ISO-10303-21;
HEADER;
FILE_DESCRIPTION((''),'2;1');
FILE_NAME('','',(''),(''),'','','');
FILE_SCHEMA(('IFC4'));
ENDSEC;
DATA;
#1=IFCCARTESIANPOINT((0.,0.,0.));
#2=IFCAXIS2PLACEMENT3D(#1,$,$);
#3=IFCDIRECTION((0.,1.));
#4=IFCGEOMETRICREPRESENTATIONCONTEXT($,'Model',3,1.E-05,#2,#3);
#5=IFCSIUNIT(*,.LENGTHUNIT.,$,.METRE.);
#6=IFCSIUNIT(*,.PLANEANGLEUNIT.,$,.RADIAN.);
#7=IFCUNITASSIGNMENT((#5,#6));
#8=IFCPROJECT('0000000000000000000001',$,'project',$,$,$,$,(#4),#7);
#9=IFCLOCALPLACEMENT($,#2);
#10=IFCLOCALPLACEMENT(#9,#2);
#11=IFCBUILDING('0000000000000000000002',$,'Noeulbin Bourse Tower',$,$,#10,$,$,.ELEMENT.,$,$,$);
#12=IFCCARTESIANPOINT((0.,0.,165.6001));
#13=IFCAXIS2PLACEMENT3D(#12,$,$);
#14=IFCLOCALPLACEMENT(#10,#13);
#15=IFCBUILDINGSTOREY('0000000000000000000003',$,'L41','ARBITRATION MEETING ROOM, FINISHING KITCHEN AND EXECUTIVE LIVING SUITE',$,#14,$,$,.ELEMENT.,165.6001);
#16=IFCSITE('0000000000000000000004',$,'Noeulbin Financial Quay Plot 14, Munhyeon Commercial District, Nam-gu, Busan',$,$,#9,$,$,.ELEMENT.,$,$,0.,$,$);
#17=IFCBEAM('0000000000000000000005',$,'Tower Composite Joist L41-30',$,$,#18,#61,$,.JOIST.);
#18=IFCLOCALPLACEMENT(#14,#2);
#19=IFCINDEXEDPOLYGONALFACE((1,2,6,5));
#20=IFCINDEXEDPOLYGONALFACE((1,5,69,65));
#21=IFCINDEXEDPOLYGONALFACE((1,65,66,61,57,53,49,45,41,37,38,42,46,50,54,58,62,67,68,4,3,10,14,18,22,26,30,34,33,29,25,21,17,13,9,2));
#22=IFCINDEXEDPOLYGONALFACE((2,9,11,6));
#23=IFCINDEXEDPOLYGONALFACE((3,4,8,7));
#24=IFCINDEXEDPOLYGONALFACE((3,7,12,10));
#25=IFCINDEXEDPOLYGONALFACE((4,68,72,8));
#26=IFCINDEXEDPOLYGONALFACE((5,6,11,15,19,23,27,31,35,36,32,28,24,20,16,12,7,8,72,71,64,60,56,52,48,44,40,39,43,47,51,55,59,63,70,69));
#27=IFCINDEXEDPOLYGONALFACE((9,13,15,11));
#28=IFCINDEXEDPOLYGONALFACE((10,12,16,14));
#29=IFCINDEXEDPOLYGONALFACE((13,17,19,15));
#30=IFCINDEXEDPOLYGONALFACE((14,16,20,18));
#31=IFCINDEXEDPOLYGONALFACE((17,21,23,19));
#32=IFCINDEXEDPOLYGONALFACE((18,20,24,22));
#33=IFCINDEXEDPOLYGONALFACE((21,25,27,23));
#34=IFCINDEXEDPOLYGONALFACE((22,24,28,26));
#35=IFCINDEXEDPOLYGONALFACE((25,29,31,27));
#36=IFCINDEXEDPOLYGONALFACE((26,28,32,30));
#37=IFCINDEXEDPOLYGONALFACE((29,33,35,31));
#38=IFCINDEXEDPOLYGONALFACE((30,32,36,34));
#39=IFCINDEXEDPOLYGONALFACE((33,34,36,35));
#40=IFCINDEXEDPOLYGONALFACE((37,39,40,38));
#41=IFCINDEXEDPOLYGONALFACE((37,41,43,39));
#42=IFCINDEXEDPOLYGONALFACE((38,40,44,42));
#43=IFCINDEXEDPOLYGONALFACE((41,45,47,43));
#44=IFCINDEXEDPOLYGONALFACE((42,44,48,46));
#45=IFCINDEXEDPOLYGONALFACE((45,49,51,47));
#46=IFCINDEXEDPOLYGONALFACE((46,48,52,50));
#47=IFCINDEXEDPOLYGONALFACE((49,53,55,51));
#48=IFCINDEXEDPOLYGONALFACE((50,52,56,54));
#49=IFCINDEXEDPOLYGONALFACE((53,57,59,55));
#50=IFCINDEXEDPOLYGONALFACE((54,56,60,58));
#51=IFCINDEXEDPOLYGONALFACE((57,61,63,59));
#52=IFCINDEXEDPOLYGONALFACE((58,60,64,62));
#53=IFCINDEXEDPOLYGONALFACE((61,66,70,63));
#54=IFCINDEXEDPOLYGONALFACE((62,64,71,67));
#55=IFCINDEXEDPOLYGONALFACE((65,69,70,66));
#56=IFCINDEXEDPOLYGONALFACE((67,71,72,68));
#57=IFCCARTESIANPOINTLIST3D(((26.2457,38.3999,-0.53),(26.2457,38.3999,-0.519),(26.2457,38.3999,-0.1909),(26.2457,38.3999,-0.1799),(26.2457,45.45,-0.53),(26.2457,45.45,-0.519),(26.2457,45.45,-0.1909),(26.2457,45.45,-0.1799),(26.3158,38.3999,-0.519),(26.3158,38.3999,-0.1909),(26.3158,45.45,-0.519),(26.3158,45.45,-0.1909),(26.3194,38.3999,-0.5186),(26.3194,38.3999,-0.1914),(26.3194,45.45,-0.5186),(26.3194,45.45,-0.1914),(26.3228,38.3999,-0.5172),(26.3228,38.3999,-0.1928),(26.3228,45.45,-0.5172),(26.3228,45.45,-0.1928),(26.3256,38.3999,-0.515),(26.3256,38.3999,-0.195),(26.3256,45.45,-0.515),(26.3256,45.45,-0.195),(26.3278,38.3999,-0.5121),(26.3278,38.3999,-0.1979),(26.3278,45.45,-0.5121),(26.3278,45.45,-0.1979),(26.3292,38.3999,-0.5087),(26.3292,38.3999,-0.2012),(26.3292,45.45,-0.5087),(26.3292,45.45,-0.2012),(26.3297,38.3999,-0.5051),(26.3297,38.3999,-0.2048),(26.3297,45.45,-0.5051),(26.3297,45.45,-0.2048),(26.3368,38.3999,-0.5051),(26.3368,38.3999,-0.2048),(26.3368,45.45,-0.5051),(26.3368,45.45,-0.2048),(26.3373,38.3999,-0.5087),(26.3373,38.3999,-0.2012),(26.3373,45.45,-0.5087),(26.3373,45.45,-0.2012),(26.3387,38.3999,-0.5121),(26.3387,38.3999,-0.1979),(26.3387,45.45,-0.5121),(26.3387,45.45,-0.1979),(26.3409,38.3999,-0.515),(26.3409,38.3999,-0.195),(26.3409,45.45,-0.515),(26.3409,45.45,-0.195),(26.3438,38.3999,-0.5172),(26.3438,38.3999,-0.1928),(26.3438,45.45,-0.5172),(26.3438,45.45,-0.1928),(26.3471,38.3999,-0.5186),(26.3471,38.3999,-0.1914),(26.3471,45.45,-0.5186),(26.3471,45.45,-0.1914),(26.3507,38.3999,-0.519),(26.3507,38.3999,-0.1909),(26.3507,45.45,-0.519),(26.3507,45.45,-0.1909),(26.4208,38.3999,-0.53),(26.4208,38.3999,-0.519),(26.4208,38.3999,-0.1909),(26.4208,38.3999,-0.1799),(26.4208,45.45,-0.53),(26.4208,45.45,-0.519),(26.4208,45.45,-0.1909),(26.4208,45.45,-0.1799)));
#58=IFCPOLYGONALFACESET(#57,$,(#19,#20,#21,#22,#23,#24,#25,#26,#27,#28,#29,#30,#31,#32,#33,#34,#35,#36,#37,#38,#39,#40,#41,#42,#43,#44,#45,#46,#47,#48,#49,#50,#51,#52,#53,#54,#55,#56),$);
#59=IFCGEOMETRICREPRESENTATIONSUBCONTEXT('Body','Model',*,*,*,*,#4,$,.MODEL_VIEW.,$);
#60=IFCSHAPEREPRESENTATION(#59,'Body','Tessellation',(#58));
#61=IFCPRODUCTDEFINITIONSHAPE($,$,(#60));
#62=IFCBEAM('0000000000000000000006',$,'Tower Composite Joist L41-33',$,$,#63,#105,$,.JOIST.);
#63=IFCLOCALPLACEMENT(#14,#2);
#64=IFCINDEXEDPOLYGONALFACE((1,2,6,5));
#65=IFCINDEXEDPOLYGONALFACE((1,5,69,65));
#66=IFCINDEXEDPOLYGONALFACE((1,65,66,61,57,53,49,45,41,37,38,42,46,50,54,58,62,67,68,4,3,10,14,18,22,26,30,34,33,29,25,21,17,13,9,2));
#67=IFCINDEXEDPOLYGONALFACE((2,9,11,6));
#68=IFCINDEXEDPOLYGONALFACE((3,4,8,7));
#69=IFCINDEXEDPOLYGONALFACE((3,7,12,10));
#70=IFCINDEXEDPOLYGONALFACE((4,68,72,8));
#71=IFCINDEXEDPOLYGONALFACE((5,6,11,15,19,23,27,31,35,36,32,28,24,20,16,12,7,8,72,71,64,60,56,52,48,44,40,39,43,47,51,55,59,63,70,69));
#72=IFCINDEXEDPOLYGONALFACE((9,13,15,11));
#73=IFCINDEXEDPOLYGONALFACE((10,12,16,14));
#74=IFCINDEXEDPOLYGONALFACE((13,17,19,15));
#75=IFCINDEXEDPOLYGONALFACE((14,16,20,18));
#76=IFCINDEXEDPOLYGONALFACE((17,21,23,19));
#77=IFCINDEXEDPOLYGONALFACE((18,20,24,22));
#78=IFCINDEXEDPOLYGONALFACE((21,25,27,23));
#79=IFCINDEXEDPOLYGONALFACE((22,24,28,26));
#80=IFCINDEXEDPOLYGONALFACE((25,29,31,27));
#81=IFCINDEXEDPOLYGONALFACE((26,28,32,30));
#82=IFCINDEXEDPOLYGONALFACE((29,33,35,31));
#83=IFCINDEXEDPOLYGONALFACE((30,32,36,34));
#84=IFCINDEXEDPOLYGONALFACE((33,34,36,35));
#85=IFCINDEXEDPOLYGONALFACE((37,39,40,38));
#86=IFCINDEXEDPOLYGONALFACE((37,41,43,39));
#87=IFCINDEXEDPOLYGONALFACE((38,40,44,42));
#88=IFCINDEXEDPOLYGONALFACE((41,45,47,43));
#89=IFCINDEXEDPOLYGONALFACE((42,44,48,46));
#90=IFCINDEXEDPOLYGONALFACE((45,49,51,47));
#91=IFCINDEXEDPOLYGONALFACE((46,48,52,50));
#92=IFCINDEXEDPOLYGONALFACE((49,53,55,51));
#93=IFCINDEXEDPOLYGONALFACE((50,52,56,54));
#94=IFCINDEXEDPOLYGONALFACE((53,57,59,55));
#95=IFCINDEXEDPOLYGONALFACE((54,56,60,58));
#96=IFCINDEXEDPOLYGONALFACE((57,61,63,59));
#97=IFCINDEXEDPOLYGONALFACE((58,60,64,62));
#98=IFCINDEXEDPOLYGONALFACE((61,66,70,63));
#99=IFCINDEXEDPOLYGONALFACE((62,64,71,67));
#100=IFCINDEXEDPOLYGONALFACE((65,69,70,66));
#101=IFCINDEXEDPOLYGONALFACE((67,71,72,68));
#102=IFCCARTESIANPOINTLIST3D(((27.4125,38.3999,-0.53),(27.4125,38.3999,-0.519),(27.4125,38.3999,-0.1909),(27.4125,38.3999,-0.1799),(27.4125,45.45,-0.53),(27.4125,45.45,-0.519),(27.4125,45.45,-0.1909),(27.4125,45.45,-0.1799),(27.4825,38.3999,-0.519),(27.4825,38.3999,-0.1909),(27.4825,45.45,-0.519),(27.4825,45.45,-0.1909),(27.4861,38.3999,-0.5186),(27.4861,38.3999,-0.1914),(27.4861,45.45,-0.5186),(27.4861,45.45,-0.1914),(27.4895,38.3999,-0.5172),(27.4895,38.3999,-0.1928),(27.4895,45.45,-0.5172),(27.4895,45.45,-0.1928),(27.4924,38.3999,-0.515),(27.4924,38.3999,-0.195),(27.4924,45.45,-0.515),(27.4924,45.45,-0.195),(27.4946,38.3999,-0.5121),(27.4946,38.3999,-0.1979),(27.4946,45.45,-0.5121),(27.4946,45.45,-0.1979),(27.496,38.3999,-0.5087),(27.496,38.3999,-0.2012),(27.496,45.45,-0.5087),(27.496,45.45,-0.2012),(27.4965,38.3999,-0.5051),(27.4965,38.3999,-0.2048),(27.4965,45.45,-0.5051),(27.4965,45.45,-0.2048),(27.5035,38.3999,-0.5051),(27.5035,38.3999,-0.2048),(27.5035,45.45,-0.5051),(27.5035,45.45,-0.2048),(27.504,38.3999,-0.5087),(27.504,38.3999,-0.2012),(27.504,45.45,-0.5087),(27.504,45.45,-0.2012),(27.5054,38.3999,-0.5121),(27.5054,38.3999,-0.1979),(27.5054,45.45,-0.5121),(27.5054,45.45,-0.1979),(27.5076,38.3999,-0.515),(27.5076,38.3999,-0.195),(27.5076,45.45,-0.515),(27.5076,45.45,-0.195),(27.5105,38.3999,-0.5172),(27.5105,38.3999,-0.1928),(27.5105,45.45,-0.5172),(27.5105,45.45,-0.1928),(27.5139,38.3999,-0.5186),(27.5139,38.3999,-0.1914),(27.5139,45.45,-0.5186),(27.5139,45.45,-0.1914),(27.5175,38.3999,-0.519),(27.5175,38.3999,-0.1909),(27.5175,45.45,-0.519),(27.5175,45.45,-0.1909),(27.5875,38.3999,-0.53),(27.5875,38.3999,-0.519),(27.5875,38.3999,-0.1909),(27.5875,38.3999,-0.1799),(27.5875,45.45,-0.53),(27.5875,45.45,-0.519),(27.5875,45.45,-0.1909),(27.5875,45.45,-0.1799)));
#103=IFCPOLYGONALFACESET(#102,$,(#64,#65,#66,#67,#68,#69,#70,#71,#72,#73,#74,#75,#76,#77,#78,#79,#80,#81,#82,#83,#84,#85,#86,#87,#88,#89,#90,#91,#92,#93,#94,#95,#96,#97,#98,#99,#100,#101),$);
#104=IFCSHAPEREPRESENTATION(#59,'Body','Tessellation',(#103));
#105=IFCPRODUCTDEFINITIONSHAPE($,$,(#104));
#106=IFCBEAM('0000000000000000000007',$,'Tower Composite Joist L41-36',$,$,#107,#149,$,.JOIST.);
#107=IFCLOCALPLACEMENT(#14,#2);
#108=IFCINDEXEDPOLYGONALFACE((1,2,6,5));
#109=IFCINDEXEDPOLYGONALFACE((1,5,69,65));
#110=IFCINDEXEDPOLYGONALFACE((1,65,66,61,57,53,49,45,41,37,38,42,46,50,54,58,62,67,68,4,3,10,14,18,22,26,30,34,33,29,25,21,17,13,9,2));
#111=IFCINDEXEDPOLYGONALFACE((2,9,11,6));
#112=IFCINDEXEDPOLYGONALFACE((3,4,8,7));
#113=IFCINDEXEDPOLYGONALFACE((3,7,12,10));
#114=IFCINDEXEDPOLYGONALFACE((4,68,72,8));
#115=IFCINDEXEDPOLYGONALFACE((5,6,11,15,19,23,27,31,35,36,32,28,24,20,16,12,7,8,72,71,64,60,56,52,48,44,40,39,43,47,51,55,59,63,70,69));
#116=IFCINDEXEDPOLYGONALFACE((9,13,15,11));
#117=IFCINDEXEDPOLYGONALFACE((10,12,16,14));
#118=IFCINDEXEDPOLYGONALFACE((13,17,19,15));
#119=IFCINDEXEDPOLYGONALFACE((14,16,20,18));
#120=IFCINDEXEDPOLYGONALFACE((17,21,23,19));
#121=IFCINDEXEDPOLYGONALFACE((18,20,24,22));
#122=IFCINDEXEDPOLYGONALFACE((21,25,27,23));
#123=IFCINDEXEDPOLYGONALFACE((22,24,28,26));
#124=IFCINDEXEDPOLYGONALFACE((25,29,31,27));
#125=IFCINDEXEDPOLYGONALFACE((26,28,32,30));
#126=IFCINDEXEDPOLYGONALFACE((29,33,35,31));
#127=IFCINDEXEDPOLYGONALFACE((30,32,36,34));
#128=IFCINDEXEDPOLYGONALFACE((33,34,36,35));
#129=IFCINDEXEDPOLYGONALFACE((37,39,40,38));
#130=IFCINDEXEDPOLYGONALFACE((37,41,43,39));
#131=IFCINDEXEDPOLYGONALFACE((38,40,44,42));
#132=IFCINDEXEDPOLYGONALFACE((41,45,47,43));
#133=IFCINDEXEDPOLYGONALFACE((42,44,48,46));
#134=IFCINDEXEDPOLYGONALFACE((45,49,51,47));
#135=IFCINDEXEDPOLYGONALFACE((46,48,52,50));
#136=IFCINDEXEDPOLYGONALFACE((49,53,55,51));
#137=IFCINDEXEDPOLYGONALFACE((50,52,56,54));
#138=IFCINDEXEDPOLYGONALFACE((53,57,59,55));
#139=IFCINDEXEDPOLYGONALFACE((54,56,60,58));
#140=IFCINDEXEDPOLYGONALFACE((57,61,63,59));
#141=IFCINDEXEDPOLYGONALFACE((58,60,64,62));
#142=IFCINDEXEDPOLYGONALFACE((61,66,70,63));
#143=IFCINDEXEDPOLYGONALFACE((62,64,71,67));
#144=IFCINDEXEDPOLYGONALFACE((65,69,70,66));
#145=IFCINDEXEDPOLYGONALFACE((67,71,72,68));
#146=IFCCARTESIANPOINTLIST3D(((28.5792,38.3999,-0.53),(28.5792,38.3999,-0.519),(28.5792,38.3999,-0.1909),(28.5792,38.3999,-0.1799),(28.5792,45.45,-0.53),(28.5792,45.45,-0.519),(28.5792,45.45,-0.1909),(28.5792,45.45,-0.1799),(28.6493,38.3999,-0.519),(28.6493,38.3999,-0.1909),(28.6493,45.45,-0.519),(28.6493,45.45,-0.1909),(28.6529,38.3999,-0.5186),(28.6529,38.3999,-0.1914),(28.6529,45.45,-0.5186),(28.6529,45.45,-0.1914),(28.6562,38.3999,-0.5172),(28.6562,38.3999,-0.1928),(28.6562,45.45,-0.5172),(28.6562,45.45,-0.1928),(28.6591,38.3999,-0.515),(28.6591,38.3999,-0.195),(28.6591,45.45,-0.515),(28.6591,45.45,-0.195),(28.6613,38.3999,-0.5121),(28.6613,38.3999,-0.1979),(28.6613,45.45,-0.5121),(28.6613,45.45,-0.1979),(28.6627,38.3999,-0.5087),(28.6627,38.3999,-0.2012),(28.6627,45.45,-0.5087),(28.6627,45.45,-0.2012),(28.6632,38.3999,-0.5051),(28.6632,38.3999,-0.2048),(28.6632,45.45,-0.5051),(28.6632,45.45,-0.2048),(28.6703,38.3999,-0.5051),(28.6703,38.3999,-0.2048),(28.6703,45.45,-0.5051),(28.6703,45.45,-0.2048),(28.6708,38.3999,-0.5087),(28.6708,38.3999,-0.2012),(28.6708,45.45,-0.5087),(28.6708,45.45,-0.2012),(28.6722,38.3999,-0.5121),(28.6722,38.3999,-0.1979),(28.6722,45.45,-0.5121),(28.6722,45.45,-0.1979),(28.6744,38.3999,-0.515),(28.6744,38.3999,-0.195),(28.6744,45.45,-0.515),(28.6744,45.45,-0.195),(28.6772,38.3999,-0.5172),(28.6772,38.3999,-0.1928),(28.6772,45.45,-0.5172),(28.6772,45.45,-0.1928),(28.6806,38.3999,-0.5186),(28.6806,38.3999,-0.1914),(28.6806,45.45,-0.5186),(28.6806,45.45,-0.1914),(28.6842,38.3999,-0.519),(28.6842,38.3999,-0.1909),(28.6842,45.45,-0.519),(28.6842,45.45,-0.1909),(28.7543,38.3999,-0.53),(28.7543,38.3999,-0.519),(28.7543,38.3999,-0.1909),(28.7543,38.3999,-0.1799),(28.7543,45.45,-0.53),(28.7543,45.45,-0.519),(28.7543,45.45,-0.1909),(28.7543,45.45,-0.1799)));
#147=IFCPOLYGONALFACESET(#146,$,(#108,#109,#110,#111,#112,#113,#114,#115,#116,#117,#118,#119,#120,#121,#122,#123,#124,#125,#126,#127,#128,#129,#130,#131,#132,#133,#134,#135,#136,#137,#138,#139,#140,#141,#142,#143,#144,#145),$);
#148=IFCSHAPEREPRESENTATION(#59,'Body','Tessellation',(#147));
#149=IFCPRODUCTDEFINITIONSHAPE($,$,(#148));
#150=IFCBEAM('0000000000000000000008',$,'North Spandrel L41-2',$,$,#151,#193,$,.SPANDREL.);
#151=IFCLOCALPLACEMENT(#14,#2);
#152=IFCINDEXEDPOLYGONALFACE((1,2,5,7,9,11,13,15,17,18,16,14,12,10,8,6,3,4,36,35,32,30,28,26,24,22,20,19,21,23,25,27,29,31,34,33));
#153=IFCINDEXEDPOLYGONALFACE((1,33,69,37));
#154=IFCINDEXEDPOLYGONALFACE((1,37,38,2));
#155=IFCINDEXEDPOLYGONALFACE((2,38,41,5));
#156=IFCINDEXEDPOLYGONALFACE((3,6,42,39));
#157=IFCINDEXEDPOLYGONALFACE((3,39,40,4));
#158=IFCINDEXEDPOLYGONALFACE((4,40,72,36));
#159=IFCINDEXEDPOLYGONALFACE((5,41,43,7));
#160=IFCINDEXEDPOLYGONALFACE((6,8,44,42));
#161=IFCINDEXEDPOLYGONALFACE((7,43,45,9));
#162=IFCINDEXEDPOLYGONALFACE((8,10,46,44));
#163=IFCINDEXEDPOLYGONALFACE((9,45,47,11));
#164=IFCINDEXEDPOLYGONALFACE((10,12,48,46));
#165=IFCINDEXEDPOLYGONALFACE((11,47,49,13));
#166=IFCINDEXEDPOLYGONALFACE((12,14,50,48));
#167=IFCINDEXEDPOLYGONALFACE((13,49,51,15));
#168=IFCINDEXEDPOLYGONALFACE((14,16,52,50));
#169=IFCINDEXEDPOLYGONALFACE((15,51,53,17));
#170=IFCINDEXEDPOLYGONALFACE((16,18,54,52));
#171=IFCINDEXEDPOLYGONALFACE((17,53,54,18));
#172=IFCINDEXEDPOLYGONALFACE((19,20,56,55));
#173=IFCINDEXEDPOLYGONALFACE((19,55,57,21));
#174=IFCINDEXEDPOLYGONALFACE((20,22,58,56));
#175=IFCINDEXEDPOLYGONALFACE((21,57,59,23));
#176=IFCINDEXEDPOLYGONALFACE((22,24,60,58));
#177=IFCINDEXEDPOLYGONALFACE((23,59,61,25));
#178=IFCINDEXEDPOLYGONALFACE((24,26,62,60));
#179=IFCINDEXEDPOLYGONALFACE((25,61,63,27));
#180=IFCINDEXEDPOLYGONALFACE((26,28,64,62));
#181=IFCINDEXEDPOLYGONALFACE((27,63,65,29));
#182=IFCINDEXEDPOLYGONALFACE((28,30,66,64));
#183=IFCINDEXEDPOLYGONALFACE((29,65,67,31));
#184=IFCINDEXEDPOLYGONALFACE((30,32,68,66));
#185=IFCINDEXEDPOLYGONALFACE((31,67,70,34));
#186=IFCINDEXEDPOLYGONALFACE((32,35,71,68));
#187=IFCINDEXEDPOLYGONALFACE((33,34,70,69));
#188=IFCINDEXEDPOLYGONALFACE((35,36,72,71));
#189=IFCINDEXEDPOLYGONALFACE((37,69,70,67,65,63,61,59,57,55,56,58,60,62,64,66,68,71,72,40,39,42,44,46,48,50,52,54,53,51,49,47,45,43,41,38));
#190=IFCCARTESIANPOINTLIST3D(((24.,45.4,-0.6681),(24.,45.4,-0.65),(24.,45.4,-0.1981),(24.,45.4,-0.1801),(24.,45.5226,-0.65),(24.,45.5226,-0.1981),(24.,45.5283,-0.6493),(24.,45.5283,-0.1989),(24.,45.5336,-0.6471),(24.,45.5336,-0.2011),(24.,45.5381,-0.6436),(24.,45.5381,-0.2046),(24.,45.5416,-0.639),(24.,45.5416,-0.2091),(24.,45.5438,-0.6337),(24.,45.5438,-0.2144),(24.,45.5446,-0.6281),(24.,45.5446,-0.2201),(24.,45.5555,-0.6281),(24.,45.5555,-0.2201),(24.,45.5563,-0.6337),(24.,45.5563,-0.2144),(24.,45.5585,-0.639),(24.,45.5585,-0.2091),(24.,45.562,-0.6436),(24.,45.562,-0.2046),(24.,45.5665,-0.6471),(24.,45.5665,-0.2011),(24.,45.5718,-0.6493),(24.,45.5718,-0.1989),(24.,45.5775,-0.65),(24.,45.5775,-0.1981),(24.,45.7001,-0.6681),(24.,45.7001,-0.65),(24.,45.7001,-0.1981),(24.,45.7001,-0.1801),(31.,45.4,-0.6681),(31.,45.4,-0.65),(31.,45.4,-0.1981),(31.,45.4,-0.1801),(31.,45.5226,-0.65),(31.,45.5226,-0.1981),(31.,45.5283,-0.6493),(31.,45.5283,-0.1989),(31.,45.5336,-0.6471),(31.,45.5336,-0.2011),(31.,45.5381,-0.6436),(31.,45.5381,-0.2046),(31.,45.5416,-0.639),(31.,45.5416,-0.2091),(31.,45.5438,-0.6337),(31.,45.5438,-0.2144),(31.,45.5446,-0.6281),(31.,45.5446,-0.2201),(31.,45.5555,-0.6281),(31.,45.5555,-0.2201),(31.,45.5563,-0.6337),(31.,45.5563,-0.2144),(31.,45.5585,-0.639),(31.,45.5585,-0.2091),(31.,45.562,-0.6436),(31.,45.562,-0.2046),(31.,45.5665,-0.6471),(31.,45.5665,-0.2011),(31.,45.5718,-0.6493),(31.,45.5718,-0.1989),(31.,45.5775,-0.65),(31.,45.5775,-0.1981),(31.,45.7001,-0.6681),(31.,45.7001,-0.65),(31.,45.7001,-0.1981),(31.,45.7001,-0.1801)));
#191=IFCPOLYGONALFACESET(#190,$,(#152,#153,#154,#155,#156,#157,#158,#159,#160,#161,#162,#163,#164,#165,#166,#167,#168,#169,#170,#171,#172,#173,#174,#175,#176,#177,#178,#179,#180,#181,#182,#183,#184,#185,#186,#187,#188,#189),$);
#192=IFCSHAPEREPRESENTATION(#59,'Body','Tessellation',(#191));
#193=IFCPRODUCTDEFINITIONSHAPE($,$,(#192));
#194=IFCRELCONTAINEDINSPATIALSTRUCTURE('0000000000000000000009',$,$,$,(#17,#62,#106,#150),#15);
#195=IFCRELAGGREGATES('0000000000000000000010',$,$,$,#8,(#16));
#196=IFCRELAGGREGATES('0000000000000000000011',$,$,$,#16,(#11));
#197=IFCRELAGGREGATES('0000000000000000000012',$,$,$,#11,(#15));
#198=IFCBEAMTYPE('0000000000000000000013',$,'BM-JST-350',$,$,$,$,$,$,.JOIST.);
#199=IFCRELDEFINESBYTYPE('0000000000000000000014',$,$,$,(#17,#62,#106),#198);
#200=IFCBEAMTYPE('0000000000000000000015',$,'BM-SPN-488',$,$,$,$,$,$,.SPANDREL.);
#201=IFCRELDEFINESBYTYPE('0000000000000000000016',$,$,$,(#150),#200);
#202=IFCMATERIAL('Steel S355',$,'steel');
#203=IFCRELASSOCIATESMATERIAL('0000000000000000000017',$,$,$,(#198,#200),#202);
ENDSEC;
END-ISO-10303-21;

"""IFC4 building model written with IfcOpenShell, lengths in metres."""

from ifc_helpers import new_model, si_unit, direction, frame, origin, origin_2d, place, context, subcontext, project, spatial, i_section, extrude, material, material_profile, profile_set, type_object, element, save


model = new_model("IFC4")

# Units and contexts
model_context = context("Model", 3, precision=1e-05, world=origin(), true_north=direction((0.0, 1.0)))
body_context = subcontext(model_context, "Body", "Model", "MODEL_VIEW")
ifc_project = project(units=[si_unit("LENGTHUNIT", "METRE"), si_unit("PLANEANGLEUNIT", "RADIAN")], contexts=[model_context])

# Site, building, storey
site_placement = place(None, origin())
site = spatial("IfcSite", under=ifc_project, at=site_placement, Name="Noeulbin Financial Quay Plot 14, Munhyeon Commercial District, Nam-gu, Busan", CompositionType="ELEMENT", RefElevation=0.0)
building_placement = place(site_placement, origin())
building = spatial("IfcBuilding", under=site, at=building_placement, Name="Noeulbin Bourse Tower", CompositionType="ELEMENT")
storey_placement = place(building_placement, frame((0.0, 0.0, 165.6001)))
storey = spatial("IfcBuildingStorey", under=building, at=storey_placement, Name="L41", Description="ARBITRATION MEETING ROOM, FINISHING KITCHEN AND EXECUTIVE LIVING SUITE", CompositionType="ELEMENT", Elevation=165.6001)

# Shared definitions
ifc_material_1 = material(Name="Steel S355", Category="steel")

# Beams
ifc_material_profile_1 = material_profile(ifc_material_1, i_section(OverallWidth=0.175, OverallDepth=0.3501, WebThickness=0.0071, FlangeThickness=0.011, FilletRadius=0.0139, at=origin_2d()), Name="H-350x175x7x11", Category="LoadBearing")
ifc_profile_set_1 = profile_set([ifc_material_profile_1], Name="Steel S355")
beam_type_1 = type_object("IfcBeamType", Name="BM-JST-350", PredefinedType="JOIST", material=ifc_profile_set_1)
for number, where, z_axis, x_axis, name in (
    (1, (26.3333, 38.3999, -0.355), (0.0, 1.0, 0.0), (-1.0, 0.0, 0.0), "Tower Composite Joist L41-30"),
    (2, (27.5, 38.3999, -0.355), (0.0, 1.0, 0.0), (-1.0, 0.0, 0.0), "Tower Composite Joist L41-33"),
    (3, (28.6667, 38.3999, -0.355), (0.0, 1.0, 0.0), (-1.0, 0.0, 0.0), "Tower Composite Joist L41-36"),
):
    element("IfcBeam", number, at=place(storey_placement, frame(where, z_axis=z_axis, x_axis=x_axis)), inside=storey, type_object=beam_type_1, Name=name, PredefinedType="JOIST", context=body_context, shape_type="SweptSolid", body=[
        extrude(i_section(OverallWidth=0.175, OverallDepth=0.3501, WebThickness=0.0071, FlangeThickness=0.011, FilletRadius=0.0139, at=origin_2d()), origin(), (0.0, 0.0, 1.0), 7.05),
    ])
ifc_material_profile_2 = material_profile(ifc_material_1, i_section(OverallWidth=0.3, OverallDepth=0.488, WebThickness=0.011, FlangeThickness=0.0181, FilletRadius=0.022, at=origin_2d()), Name="H-488x300x11x18", Category="LoadBearing")
ifc_profile_set_2 = profile_set([ifc_material_profile_2], Name="Steel S355")
beam_type_2 = type_object("IfcBeamType", Name="BM-SPN-488", PredefinedType="SPANDREL", material=ifc_profile_set_2)
beam_1_placement = place(storey_placement, frame((24.0, 45.55, -0.4241), z_axis=(1.0, 0.0, 0.0), x_axis=(0.0, 1.0, 0.0)))
element("IfcBeam", 4, at=beam_1_placement, inside=storey, type_object=beam_type_2, Name="North Spandrel L41-2", PredefinedType="SPANDREL", context=body_context, shape_type="SweptSolid", body=[
    extrude(i_section(OverallWidth=0.3, OverallDepth=0.488, WebThickness=0.011, FlangeThickness=0.0181, FilletRadius=0.022, at=origin_2d()), origin(), (0.0, 0.0, 1.0), 7.0),
])

save(model, "model.ifc")
